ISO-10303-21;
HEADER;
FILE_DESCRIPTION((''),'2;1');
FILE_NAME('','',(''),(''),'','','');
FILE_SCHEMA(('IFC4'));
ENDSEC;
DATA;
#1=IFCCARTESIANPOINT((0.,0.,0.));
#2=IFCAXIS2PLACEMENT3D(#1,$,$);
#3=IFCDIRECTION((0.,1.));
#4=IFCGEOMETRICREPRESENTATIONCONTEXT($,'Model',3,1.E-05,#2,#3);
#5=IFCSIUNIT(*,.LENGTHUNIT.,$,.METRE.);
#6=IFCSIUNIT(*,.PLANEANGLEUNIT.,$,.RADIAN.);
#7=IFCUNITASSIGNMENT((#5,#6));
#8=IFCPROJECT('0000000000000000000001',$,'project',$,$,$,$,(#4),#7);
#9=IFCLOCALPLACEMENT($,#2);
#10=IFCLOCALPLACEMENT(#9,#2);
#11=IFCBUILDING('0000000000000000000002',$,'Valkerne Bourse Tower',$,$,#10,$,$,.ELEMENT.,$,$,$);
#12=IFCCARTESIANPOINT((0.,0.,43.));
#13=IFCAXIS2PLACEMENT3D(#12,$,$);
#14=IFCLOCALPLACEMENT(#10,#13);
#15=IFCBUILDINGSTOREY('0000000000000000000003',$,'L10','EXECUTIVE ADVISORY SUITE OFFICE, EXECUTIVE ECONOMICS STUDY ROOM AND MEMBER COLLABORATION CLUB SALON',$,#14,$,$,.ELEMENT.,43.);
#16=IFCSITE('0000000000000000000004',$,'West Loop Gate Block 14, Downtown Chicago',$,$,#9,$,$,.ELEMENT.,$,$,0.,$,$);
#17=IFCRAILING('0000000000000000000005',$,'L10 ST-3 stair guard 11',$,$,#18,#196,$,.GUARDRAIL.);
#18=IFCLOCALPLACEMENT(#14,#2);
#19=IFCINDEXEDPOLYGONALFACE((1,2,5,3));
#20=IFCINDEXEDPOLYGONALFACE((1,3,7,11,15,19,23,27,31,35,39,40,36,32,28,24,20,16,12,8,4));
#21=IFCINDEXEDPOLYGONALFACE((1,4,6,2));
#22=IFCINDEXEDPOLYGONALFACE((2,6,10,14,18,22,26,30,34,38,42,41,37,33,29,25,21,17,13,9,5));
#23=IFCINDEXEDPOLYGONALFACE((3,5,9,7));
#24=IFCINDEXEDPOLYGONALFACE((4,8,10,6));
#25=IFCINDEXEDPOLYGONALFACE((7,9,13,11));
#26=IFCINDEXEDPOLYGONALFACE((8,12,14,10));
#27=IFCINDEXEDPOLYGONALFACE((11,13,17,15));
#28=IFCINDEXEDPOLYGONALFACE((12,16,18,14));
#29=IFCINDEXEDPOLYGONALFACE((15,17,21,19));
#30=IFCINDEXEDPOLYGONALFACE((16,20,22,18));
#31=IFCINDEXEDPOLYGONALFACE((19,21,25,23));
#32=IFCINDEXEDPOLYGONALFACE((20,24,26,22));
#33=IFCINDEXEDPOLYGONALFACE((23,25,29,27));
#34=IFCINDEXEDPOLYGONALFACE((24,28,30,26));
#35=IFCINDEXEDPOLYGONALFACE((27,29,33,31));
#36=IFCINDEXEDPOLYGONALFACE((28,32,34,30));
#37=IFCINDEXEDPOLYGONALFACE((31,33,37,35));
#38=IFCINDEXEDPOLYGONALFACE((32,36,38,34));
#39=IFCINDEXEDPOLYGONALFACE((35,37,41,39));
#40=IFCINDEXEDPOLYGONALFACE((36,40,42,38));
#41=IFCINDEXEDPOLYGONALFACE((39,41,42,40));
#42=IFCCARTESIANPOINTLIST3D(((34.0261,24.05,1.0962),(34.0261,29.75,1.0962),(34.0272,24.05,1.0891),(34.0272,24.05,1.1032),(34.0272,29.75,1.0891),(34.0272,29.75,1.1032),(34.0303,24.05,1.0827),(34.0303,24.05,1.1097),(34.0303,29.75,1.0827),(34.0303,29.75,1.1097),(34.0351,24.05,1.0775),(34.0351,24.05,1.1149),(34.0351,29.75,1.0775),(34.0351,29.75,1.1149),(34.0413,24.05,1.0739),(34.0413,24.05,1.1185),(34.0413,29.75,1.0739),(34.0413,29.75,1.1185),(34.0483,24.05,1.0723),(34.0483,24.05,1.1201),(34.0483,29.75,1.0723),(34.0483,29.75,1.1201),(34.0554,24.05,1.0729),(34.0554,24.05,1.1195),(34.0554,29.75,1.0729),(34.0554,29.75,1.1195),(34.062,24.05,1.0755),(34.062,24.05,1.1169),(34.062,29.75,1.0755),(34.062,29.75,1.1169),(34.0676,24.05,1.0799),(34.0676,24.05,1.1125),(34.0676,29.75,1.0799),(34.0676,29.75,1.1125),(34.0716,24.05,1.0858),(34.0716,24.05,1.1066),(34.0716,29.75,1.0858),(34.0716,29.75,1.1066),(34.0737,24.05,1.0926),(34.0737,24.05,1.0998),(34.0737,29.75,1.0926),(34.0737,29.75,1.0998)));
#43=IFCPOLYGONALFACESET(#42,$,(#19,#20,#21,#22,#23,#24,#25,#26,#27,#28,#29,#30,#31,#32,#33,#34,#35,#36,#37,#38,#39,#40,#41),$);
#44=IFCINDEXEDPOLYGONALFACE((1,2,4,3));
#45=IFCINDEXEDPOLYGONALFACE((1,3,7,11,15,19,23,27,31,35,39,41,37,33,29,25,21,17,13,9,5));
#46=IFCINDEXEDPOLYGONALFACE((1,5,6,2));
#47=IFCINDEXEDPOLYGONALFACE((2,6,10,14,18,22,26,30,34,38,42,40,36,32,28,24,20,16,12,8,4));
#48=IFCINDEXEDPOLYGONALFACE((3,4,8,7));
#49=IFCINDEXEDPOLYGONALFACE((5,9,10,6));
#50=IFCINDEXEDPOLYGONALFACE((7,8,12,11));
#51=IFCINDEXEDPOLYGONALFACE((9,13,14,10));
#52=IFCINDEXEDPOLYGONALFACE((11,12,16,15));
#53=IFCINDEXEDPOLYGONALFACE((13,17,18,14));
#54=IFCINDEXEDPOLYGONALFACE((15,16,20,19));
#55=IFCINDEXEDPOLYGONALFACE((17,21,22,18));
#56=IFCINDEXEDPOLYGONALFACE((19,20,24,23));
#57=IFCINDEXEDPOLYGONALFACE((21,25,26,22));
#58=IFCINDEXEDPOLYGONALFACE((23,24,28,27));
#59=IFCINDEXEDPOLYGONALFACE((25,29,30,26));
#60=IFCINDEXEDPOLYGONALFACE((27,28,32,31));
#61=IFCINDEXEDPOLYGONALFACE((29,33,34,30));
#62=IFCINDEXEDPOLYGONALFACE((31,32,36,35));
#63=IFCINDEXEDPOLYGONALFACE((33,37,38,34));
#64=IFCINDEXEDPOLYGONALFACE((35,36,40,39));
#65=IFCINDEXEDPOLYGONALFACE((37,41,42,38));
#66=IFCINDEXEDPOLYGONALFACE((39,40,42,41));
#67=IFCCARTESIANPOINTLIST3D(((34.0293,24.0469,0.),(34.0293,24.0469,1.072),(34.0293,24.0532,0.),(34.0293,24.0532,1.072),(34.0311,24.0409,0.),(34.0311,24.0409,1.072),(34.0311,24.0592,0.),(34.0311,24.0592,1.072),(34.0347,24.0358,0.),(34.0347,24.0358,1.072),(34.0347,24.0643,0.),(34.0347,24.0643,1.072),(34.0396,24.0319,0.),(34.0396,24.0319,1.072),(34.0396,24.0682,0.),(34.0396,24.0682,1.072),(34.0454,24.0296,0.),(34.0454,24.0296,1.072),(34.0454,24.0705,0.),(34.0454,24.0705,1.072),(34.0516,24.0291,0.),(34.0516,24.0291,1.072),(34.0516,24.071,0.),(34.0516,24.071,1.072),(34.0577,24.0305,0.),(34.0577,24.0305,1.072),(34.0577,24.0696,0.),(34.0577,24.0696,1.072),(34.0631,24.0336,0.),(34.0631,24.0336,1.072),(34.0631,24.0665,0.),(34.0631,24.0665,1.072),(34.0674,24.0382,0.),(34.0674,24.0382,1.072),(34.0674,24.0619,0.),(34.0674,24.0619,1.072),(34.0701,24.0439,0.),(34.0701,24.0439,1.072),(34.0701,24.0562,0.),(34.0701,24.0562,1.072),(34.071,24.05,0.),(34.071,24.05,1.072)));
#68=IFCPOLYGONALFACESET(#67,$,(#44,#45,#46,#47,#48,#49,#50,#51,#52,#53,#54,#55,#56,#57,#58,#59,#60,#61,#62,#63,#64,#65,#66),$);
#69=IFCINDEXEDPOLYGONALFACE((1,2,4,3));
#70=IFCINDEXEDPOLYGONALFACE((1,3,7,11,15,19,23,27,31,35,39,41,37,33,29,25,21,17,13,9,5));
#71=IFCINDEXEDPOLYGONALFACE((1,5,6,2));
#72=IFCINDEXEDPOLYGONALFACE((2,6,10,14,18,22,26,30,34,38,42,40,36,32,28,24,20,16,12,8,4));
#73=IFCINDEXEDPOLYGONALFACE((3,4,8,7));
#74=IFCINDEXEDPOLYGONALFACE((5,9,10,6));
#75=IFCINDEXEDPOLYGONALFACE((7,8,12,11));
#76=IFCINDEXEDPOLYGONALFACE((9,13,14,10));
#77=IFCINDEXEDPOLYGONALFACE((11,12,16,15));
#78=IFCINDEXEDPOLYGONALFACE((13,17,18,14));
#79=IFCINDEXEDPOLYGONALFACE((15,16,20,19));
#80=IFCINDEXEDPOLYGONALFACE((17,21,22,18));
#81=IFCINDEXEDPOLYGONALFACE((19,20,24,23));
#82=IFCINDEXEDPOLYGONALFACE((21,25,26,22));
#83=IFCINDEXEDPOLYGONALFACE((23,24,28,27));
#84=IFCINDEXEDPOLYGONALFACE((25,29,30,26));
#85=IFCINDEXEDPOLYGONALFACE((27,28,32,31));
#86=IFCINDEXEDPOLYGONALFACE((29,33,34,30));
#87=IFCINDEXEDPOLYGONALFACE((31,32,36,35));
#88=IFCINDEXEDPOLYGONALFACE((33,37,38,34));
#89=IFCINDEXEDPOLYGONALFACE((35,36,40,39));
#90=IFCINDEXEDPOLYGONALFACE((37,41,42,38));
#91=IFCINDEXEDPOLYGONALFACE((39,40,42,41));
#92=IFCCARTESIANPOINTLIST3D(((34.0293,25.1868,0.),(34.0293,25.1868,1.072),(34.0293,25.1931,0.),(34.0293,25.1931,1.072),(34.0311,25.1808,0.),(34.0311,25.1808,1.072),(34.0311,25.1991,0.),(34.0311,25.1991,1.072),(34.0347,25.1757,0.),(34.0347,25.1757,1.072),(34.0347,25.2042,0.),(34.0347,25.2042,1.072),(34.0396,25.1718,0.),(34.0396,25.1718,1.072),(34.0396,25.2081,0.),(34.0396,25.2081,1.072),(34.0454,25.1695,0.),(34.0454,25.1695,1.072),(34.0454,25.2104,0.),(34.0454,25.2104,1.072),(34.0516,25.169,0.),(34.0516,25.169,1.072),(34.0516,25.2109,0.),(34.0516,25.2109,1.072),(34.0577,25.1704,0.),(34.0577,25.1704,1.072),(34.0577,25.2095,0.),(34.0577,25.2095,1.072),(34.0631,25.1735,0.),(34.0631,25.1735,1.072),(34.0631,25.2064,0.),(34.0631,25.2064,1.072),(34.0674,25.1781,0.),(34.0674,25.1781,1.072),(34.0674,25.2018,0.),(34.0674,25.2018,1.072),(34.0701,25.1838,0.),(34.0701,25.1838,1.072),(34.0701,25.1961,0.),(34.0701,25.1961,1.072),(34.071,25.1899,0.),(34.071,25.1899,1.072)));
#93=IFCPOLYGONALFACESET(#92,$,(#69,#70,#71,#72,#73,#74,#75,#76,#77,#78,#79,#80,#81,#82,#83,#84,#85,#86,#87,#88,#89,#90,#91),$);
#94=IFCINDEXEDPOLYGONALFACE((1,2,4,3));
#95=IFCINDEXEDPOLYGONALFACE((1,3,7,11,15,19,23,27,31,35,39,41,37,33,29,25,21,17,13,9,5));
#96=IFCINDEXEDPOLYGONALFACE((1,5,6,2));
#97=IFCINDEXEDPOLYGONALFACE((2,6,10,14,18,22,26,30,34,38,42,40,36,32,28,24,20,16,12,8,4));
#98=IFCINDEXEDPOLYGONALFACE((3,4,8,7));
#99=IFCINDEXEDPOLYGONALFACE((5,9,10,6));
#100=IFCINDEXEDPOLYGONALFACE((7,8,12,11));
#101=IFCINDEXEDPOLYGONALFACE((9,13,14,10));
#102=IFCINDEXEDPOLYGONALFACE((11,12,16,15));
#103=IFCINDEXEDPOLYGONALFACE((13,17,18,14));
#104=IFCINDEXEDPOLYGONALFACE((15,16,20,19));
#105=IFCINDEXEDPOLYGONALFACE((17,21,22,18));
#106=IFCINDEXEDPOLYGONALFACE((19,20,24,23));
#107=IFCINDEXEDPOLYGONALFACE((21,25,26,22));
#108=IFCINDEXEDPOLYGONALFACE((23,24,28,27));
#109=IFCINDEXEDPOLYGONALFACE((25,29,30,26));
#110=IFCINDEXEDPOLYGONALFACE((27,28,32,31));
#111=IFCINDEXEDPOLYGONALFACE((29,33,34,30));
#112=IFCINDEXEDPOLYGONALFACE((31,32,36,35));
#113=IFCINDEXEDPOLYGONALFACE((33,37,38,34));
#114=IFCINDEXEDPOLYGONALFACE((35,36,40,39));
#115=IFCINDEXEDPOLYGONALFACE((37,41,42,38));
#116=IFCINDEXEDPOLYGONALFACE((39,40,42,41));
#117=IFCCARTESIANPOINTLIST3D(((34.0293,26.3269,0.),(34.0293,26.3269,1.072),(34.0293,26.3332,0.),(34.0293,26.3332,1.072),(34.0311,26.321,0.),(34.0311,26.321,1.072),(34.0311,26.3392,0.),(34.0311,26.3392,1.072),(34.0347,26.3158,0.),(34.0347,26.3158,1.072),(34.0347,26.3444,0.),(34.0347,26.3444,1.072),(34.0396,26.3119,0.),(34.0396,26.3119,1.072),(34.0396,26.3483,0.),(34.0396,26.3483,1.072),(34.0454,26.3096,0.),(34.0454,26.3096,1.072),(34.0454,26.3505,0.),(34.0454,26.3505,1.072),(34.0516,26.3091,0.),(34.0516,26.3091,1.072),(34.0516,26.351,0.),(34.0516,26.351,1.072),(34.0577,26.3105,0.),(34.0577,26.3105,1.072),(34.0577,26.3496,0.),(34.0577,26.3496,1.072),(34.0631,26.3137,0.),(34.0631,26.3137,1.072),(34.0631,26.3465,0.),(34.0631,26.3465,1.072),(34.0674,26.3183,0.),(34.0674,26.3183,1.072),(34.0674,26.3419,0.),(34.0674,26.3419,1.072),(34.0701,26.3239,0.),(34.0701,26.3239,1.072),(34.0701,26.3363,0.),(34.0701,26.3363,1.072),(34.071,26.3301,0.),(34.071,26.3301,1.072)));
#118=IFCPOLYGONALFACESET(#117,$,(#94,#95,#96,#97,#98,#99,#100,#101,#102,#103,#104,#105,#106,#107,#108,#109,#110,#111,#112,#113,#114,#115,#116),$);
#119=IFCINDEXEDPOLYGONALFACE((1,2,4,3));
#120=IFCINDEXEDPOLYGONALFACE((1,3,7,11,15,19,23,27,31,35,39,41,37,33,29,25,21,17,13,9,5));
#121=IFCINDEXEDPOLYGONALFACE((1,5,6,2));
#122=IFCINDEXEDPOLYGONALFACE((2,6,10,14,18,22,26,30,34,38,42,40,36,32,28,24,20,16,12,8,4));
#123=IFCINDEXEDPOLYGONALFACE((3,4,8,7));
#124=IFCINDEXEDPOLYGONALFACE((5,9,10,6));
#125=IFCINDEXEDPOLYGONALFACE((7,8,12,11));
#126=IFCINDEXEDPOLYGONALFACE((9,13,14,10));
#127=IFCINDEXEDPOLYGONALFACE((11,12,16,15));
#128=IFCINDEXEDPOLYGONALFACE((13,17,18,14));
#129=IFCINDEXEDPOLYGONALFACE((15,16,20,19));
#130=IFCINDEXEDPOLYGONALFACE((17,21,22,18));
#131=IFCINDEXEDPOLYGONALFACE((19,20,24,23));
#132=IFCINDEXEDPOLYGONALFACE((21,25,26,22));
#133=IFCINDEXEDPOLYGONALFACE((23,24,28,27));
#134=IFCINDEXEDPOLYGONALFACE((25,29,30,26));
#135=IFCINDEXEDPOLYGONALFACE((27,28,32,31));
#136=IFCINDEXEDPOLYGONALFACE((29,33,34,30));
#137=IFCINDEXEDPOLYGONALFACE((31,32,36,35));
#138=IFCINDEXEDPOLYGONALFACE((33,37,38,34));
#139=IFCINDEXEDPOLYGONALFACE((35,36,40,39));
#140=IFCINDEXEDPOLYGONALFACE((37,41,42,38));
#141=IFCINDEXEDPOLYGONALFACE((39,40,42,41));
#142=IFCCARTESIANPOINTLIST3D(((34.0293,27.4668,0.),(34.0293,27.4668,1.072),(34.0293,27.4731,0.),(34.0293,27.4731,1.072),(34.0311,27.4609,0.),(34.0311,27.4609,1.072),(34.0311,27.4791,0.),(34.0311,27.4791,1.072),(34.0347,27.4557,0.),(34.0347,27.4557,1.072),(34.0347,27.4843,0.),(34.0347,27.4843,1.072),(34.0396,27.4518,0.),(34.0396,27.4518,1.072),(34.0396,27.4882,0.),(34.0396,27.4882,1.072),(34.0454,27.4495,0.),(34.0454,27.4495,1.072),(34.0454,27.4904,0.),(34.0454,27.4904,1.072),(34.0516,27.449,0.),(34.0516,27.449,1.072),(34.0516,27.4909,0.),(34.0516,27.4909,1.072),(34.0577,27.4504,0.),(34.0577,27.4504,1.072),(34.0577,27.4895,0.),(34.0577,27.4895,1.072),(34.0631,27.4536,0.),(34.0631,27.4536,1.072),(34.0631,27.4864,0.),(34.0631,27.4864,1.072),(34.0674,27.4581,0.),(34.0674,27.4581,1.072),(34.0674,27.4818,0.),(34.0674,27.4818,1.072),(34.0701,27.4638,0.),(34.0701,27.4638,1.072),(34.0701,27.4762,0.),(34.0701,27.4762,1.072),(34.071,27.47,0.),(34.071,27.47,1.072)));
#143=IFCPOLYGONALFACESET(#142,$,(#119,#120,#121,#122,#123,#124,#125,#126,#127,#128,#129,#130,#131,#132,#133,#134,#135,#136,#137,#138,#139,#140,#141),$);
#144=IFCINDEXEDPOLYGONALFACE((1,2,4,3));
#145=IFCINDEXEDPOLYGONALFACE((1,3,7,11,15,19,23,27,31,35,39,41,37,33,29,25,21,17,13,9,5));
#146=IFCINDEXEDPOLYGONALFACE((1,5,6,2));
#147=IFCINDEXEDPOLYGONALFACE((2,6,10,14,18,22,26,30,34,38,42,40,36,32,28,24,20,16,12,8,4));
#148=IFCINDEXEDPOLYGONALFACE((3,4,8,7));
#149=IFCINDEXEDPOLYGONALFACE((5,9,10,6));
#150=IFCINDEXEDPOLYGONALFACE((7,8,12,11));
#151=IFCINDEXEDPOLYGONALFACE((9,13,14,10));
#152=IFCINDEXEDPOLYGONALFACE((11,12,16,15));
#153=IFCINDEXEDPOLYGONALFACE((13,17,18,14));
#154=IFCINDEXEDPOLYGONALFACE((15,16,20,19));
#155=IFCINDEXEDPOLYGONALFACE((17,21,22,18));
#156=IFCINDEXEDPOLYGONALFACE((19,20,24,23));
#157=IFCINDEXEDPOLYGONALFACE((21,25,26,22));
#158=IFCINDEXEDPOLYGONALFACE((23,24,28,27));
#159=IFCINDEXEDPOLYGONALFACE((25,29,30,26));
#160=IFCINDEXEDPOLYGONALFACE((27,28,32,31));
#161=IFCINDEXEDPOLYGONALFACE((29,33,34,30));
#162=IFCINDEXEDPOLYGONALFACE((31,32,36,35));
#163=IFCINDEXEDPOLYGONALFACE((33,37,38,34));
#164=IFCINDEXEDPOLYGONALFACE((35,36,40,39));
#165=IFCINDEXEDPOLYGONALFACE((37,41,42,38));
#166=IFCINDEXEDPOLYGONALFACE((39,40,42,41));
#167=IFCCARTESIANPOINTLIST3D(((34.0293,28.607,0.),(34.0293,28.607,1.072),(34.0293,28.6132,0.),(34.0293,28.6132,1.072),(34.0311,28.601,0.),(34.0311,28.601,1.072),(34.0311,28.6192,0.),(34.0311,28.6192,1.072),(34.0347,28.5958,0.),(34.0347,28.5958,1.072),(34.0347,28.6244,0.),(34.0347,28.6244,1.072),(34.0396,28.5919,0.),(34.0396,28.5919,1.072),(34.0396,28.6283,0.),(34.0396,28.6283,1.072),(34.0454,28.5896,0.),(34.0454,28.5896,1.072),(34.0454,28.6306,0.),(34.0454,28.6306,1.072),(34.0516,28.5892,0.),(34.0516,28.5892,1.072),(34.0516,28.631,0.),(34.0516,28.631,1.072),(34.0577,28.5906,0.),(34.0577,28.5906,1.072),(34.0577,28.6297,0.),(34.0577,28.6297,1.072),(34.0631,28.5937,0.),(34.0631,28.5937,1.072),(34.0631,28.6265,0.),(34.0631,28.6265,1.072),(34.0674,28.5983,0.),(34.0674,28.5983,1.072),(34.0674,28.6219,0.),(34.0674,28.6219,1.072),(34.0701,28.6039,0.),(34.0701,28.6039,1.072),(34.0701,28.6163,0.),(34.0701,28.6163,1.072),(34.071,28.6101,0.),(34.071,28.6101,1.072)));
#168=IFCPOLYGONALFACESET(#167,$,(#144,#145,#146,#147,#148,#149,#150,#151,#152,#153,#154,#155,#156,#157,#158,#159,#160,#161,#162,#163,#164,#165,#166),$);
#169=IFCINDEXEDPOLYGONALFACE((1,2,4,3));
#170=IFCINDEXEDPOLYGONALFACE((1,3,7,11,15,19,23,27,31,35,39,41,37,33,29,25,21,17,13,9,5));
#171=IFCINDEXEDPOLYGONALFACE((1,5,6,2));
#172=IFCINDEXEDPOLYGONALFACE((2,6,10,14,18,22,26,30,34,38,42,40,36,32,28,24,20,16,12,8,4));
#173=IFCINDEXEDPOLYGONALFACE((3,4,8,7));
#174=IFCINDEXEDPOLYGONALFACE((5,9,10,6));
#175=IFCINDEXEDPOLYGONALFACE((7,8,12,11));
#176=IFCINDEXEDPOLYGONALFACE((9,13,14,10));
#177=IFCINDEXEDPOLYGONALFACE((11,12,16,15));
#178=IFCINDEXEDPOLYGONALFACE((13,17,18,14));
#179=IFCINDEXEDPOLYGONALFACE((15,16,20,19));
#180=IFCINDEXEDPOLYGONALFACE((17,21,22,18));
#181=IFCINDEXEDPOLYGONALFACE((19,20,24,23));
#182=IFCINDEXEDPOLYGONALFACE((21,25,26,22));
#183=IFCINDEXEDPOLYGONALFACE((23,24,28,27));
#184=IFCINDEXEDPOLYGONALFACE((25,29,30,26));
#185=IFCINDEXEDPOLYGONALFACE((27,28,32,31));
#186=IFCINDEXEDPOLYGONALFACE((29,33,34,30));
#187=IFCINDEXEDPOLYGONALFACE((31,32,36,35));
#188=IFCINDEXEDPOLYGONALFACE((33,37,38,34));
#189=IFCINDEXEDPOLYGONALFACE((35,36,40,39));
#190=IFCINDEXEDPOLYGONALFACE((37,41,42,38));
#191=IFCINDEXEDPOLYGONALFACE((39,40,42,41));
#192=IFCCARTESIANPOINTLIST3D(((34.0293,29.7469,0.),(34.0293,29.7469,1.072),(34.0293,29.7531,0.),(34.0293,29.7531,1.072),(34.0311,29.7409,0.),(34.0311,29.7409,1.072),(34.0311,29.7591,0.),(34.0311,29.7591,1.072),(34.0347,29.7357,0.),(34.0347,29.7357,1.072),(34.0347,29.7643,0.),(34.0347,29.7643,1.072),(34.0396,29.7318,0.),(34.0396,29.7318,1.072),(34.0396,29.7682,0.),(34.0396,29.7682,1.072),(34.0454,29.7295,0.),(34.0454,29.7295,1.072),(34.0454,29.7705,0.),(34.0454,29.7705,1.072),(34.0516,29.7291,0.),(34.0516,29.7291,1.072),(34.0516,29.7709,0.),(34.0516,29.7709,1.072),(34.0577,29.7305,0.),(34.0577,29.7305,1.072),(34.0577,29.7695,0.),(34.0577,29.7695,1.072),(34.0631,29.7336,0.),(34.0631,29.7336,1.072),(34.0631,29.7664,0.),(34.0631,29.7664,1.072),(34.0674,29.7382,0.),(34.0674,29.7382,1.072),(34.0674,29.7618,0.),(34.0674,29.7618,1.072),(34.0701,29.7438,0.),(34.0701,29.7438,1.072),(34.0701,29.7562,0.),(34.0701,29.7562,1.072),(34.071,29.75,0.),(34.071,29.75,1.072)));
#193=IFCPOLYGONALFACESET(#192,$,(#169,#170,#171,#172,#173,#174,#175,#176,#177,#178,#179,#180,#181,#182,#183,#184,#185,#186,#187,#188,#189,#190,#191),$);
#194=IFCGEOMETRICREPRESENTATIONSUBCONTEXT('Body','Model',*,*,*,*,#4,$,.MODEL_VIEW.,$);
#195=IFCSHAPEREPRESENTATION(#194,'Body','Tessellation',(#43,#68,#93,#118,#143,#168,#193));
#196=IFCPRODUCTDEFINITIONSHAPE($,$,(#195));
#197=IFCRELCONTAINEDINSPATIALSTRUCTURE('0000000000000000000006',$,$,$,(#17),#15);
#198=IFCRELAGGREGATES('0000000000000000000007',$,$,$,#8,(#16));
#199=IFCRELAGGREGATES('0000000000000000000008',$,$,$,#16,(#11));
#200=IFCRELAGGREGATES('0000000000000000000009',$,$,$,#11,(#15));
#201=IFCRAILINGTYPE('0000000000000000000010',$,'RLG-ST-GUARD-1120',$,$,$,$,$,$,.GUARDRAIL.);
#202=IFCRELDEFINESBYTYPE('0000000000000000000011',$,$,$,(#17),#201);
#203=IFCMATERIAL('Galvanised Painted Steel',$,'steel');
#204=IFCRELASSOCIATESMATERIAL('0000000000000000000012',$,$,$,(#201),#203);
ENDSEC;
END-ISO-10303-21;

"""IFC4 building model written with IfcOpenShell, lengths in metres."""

from ifc_helpers import new_model, si_unit, direction, frame, origin, origin_2d, place, context, subcontext, project, spatial, circle, extrude, material, type_object, element, save


model = new_model("IFC4")

# Units and contexts
model_context = context("Model", 3, precision=1e-05, world=origin(), true_north=direction((0.0, 1.0)))
body_context = subcontext(model_context, "Body", "Model", "MODEL_VIEW")
ifc_project = project(units=[si_unit("LENGTHUNIT", "METRE"), si_unit("PLANEANGLEUNIT", "RADIAN")], contexts=[model_context])

# Site, building, storey
site_placement = place(None, origin())
site = spatial("IfcSite", under=ifc_project, at=site_placement, Name="West Loop Gate Block 14, Downtown Chicago", CompositionType="ELEMENT", RefElevation=0.0)
building_placement = place(site_placement, origin())
building = spatial("IfcBuilding", under=site, at=building_placement, Name="Valkerne Bourse Tower", CompositionType="ELEMENT")
storey_placement = place(building_placement, frame((0.0, 0.0, 43.0)))
storey = spatial("IfcBuildingStorey", under=building, at=storey_placement, Name="L10", Description="EXECUTIVE ADVISORY SUITE OFFICE, EXECUTIVE ECONOMICS STUDY ROOM AND MEMBER COLLABORATION CLUB SALON", CompositionType="ELEMENT", Elevation=43.0)

# Shared definitions
ifc_material_1 = material(Name="Galvanised Painted Steel", Category="steel")

# Railing
railing_type_1 = type_object("IfcRailingType", Name="RLG-ST-GUARD-1120", PredefinedType="GUARDRAIL", material=ifc_material_1)
for number, where, name in (
    (1, (34.05, 24.05, 0.0), "L10 ST-3 stair guard 11"),
):
    element("IfcRailing", number, at=place(storey_placement, frame(where)), inside=storey, type_object=railing_type_1, Name=name, PredefinedType="GUARDRAIL", context=body_context, shape_type="SweptSolid", body=[
        extrude(circle(Radius=0.0239, at=origin_2d()), frame((0.0, 0.0, 1.0962), z_axis=(0.0, 1.0, 0.0), x_axis=(-1.0, 0.0, 0.0)), (0.0, 0.0, 1.0), 5.7),
        extrude(circle(Radius=0.021, at=origin_2d()), origin(), (0.0, 0.0, 1.0), 1.072),
        extrude(circle(Radius=0.021, at=origin_2d()), frame((0.0, 1.1399, 0.0)), (0.0, 0.0, 1.0), 1.072),
        extrude(circle(Radius=0.021, at=origin_2d()), frame((0.0, 2.28, 0.0)), (0.0, 0.0, 1.0), 1.072),
        extrude(circle(Radius=0.021, at=origin_2d()), frame((0.0, 3.4199, 0.0)), (0.0, 0.0, 1.0), 1.072),
        extrude(circle(Radius=0.021, at=origin_2d()), frame((0.0, 4.5601, 0.0)), (0.0, 0.0, 1.0), 1.072),
        extrude(circle(Radius=0.021, at=origin_2d()), frame((0.0, 5.7, 0.0)), (0.0, 0.0, 1.0), 1.072),
    ])

save(model, "model.ifc")
